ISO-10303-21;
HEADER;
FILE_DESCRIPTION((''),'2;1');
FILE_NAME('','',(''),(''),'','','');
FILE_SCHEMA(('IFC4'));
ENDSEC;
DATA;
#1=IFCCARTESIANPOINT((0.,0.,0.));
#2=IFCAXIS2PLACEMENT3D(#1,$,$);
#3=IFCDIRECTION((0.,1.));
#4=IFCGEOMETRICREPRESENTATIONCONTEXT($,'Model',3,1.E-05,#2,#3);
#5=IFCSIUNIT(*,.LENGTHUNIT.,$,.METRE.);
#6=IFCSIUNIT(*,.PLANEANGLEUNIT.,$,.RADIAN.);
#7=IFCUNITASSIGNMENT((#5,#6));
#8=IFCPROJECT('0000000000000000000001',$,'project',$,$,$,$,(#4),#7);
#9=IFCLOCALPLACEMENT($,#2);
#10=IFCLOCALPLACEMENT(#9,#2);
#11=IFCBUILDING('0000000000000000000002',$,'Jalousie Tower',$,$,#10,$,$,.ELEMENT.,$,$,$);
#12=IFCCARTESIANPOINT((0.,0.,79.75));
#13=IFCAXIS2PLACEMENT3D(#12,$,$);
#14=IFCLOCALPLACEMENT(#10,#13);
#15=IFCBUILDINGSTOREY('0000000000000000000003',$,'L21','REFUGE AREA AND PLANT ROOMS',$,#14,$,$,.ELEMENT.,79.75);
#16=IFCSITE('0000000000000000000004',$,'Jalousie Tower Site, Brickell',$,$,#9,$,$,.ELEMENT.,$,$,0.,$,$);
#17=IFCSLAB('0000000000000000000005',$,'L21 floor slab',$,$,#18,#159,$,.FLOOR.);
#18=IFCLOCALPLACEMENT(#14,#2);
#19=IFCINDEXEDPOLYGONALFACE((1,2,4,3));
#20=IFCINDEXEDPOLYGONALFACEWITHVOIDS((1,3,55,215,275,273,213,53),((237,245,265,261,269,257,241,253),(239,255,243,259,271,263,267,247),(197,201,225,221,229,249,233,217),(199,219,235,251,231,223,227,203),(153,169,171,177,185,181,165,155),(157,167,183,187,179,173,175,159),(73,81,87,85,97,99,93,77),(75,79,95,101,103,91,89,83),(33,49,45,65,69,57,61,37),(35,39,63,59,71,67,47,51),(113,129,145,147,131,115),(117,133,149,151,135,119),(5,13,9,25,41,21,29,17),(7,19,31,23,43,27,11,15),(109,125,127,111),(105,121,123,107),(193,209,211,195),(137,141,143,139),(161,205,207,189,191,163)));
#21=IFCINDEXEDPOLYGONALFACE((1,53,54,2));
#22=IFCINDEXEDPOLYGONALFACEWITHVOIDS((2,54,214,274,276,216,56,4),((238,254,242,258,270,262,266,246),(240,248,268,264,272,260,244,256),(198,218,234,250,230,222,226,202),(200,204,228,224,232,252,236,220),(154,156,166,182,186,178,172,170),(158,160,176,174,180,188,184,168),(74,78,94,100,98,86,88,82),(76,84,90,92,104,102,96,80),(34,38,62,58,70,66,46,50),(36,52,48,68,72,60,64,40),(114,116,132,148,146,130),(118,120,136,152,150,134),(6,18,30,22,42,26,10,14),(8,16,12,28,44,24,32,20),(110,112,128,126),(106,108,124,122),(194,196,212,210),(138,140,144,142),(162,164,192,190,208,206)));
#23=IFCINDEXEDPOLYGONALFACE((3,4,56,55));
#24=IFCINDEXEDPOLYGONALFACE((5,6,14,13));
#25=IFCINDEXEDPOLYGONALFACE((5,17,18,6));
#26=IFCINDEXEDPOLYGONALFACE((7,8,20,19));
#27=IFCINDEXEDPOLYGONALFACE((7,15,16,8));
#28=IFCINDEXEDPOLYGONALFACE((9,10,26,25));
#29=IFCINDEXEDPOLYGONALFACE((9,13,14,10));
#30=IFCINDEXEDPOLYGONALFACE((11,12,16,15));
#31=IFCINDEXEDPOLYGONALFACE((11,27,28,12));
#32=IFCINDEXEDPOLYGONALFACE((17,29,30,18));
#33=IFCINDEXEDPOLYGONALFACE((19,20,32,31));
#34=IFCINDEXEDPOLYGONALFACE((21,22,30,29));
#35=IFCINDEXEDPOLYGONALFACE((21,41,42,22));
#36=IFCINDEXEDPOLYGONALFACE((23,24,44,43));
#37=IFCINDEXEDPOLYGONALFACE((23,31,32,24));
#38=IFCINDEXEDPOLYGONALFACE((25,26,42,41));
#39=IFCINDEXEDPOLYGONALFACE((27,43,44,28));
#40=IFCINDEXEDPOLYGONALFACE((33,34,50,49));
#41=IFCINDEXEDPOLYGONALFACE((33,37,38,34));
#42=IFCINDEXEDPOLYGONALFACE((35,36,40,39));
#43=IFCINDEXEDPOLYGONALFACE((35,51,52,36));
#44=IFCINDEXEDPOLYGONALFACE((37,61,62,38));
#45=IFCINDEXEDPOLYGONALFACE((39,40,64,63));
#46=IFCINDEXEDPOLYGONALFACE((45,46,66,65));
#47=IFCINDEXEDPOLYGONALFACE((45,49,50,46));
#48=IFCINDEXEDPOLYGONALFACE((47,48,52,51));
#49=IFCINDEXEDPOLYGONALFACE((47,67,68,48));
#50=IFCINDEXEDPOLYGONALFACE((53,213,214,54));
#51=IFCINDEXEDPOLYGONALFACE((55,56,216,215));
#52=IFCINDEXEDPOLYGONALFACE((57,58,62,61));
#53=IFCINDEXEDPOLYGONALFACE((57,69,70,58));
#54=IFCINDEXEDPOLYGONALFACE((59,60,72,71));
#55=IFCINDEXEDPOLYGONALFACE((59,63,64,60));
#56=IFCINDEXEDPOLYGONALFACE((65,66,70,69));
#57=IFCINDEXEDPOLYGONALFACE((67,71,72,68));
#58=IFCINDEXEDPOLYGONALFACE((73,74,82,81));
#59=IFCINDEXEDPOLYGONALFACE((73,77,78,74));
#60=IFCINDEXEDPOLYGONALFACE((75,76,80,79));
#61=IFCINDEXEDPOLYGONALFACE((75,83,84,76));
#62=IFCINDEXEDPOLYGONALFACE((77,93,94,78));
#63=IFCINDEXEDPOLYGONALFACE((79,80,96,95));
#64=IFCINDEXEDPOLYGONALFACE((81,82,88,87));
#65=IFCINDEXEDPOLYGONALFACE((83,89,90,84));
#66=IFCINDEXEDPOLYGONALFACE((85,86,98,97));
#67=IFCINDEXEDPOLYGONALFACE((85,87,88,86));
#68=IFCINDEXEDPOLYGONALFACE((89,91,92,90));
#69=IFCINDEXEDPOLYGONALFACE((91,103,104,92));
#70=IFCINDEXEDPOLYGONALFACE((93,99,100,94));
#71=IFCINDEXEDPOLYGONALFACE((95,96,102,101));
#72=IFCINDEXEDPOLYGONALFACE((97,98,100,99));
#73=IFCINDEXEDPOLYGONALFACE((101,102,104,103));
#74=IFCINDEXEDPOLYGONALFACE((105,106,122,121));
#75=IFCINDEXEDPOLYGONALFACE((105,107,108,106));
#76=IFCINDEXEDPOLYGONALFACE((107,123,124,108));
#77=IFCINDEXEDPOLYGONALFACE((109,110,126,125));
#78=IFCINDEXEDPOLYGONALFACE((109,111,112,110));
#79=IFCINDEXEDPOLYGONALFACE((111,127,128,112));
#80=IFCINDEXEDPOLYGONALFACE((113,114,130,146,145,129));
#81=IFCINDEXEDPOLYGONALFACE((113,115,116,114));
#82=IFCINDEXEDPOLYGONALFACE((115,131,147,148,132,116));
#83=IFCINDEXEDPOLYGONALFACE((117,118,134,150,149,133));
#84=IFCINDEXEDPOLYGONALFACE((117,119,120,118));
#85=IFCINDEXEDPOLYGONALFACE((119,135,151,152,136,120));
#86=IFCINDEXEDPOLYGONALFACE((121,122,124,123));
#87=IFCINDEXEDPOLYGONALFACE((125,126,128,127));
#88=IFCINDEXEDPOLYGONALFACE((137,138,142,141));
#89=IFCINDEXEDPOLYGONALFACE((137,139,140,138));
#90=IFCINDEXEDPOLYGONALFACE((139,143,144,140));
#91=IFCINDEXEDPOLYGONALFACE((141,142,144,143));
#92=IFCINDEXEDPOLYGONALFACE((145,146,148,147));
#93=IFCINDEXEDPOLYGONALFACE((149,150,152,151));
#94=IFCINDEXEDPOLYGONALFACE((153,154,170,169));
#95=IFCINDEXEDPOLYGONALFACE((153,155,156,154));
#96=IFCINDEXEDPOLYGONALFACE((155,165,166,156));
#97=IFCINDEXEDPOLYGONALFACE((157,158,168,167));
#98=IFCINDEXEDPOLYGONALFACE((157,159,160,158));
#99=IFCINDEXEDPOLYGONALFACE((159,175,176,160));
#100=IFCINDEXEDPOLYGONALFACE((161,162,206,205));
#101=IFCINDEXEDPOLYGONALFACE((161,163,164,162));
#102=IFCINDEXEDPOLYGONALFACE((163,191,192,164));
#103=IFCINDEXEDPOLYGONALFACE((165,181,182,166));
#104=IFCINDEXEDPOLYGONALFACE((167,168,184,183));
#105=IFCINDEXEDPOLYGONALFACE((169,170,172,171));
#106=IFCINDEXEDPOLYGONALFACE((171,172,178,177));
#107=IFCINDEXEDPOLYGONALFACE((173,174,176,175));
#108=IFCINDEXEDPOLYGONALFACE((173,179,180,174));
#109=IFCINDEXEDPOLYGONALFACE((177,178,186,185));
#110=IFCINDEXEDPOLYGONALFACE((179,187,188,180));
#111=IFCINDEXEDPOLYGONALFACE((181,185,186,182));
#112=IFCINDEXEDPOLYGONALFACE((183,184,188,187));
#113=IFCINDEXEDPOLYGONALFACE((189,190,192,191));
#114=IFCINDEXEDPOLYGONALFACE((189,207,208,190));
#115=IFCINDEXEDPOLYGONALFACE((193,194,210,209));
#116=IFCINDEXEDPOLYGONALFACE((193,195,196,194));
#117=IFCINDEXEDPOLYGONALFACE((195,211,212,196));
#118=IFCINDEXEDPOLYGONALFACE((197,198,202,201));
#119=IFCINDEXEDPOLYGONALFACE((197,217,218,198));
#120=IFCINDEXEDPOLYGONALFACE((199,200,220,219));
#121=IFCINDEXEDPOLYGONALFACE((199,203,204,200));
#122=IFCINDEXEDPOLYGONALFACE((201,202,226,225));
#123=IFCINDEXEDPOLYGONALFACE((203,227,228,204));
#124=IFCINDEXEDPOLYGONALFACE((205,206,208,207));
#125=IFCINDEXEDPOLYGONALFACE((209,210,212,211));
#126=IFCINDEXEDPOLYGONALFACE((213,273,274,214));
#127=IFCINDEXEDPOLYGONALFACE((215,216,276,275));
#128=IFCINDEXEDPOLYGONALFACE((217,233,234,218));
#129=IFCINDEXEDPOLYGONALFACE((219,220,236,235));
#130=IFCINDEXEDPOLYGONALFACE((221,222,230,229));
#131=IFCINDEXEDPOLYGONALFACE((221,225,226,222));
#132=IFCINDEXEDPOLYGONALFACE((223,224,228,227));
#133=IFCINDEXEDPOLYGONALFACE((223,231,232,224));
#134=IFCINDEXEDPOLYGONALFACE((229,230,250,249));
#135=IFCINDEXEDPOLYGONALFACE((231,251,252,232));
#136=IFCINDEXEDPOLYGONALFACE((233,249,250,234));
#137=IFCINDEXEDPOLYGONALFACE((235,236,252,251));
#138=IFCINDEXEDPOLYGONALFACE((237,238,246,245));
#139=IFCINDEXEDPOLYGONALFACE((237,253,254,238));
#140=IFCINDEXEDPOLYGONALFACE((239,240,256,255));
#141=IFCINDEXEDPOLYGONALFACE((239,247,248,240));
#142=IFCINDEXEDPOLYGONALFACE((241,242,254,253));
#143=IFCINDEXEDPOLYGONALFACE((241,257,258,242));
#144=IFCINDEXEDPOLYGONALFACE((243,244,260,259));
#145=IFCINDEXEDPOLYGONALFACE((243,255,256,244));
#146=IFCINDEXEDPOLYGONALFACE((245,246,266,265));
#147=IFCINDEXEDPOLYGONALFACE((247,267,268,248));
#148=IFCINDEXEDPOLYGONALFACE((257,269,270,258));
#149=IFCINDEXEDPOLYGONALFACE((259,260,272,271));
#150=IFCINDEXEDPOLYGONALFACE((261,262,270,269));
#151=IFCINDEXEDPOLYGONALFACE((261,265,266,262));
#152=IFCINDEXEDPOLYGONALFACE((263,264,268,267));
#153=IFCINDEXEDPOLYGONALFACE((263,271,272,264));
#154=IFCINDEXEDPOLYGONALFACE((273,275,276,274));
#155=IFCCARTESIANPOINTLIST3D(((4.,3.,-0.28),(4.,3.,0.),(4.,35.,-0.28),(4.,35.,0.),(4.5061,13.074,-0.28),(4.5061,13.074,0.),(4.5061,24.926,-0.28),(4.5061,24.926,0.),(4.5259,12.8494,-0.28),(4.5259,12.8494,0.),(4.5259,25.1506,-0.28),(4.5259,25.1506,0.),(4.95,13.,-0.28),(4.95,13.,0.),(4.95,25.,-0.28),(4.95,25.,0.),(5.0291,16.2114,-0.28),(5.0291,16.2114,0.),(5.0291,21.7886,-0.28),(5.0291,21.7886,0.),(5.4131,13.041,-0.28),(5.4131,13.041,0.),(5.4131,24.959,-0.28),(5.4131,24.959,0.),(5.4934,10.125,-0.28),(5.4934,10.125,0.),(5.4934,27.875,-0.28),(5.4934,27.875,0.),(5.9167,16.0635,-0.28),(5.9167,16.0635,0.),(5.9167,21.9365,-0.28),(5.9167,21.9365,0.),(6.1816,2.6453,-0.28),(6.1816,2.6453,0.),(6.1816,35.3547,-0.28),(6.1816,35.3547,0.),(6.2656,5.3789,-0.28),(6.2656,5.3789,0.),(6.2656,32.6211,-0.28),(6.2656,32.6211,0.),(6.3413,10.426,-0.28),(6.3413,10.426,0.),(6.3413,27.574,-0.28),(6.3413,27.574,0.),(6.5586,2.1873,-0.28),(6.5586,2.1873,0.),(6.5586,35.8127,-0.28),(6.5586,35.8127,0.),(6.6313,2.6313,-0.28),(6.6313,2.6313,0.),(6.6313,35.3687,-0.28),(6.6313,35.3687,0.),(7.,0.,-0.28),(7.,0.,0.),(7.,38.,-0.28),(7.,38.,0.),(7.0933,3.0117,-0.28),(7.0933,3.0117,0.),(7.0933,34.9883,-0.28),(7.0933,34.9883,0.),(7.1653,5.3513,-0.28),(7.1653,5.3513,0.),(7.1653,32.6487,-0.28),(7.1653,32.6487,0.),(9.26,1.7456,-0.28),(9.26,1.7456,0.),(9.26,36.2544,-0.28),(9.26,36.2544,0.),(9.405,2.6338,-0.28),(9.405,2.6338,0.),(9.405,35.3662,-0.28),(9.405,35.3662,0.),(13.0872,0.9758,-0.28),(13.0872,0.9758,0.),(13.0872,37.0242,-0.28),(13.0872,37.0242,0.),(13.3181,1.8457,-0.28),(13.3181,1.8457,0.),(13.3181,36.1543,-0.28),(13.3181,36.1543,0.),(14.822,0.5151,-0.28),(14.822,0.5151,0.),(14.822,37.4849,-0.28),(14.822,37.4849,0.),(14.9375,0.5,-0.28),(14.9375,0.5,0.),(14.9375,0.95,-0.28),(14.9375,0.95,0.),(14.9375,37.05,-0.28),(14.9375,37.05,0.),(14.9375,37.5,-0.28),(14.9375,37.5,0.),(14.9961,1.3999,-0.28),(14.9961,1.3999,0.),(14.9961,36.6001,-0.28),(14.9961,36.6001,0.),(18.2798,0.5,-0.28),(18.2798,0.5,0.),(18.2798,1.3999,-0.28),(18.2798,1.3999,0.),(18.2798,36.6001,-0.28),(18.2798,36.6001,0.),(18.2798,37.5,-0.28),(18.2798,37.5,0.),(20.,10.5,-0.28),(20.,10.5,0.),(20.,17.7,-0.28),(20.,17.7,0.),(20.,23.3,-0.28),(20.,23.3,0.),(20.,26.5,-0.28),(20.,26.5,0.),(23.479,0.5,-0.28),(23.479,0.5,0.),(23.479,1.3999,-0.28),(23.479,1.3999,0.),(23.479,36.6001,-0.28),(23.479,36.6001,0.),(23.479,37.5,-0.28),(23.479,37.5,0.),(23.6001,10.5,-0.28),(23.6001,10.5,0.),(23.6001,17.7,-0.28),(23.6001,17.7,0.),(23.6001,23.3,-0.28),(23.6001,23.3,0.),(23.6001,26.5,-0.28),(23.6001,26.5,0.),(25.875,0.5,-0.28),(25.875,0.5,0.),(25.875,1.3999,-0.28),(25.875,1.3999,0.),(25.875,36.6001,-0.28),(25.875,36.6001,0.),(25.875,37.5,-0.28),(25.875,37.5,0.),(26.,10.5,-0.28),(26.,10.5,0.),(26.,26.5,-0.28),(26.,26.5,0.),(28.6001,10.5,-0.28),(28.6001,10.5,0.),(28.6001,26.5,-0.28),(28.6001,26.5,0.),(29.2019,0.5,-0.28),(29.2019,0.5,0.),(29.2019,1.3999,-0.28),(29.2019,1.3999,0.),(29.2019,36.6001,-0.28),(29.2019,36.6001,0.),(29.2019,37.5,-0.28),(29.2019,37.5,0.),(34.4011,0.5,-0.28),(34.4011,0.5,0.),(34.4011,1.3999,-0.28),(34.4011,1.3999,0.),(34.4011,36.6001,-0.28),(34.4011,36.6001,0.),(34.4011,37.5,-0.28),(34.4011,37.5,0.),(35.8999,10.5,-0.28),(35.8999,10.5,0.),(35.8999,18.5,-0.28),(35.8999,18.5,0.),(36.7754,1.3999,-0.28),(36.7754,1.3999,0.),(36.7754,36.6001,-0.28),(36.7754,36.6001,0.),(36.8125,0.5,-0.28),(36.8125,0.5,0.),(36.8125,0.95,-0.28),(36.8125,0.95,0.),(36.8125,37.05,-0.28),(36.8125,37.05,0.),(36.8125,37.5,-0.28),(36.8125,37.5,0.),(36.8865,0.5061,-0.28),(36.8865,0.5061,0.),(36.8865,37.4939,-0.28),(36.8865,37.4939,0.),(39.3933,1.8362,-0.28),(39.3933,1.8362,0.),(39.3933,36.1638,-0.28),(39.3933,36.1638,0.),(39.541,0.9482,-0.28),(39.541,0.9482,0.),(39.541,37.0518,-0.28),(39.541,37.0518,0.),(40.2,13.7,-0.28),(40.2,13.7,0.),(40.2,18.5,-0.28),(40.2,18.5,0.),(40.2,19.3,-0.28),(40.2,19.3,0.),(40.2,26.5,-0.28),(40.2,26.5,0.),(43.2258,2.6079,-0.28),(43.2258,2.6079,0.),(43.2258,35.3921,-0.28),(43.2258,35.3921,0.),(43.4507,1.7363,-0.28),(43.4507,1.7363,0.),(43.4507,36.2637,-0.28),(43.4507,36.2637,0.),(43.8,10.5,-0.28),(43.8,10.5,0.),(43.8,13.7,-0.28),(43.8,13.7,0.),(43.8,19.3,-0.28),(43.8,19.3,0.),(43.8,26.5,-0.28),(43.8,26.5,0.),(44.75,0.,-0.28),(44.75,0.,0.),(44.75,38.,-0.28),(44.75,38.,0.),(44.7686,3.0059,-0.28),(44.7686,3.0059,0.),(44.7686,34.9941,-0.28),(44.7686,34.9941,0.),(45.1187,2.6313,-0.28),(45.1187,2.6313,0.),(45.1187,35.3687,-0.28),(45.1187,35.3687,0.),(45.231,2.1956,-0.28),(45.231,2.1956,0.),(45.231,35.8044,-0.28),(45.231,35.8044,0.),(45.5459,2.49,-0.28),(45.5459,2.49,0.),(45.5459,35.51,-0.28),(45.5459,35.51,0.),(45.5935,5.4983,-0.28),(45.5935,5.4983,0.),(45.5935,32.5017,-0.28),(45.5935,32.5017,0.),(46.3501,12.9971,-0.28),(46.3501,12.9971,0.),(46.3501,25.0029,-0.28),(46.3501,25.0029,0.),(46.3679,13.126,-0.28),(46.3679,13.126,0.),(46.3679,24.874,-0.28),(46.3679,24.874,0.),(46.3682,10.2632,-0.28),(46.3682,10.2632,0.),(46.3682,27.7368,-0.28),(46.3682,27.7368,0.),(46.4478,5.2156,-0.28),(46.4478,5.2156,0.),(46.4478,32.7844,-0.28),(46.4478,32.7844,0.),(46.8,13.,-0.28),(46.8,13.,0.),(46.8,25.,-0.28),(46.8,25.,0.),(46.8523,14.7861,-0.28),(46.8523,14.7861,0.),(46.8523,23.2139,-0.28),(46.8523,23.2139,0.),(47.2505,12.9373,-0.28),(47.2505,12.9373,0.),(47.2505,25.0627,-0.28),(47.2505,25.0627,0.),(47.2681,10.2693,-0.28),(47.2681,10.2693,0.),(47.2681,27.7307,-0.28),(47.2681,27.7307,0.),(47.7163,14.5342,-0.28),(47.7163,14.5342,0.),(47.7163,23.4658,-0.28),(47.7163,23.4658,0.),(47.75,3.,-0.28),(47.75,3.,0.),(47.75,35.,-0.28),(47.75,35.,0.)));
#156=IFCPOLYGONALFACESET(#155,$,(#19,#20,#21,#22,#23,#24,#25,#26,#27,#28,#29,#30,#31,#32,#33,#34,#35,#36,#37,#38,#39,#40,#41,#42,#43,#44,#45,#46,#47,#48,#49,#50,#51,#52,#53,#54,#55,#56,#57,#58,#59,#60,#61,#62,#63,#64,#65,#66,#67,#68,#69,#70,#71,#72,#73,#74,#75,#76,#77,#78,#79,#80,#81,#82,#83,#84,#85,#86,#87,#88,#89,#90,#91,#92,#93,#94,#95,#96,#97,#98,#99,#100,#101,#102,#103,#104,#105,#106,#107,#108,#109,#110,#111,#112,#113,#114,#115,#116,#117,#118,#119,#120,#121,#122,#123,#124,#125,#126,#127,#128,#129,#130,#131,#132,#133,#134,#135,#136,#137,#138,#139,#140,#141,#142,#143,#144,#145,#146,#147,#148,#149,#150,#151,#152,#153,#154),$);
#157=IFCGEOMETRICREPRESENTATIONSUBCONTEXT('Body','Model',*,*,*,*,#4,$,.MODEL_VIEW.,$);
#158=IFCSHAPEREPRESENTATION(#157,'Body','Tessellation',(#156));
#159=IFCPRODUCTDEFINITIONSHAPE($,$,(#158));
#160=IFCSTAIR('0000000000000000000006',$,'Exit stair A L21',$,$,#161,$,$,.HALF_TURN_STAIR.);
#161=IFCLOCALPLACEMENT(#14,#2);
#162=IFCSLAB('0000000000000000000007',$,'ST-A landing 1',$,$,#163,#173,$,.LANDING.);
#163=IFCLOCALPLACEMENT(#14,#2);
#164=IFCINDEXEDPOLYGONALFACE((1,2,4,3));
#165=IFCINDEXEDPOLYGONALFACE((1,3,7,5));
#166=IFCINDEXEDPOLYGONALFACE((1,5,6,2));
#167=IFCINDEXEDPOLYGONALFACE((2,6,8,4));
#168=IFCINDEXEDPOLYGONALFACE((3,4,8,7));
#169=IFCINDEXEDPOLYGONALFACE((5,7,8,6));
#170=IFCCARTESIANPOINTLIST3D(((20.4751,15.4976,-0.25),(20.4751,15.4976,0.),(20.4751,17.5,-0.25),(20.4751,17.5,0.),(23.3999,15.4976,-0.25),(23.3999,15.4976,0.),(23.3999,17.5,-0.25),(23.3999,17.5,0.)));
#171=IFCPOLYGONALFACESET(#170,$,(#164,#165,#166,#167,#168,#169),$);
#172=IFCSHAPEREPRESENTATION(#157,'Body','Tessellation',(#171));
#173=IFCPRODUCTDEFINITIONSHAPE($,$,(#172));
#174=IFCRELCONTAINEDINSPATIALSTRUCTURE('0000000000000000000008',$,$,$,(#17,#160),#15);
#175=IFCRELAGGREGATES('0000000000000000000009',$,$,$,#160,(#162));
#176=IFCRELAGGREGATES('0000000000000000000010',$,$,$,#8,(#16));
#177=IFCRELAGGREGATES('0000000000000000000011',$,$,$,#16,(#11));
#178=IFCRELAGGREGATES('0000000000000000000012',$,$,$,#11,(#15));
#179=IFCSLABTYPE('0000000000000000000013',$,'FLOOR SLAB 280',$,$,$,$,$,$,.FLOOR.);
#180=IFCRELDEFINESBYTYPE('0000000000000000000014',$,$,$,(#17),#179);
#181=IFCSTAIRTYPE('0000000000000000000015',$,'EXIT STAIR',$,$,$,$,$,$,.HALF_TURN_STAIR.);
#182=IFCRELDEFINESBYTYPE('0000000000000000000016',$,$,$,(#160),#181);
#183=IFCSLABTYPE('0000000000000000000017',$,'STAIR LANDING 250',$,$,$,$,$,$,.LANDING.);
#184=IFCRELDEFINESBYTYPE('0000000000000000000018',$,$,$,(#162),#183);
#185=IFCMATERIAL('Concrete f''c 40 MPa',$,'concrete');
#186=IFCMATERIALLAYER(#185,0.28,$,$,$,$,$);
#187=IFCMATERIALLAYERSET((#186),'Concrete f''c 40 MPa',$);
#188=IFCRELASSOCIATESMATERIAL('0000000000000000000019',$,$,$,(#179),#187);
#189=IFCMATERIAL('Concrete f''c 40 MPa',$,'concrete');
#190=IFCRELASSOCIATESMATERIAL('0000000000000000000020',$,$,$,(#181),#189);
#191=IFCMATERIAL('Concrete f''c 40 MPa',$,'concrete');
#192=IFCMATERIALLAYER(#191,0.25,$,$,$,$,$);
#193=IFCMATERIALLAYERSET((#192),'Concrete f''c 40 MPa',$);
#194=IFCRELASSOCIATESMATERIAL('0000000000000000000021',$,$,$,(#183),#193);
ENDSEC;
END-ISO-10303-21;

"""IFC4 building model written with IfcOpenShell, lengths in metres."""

from ifc_helpers import new_model, si_unit, direction, frame, origin, place, context, subcontext, project, spatial, polyline, outline, extrude, material, layer, layer_set, type_object, element, aggregate, save


model = new_model("IFC4")

# Units and contexts
model_context = context("Model", 3, precision=1e-05, world=origin(), true_north=direction((0.0, 1.0)))
body_context = subcontext(model_context, "Body", "Model", "MODEL_VIEW")
ifc_project = project(units=[si_unit("LENGTHUNIT", "METRE"), si_unit("PLANEANGLEUNIT", "RADIAN")], contexts=[model_context])

# Site, building, storey
site_placement = place(None, origin())
site = spatial("IfcSite", under=ifc_project, at=site_placement, Name="Jalousie Tower Site, Brickell", CompositionType="ELEMENT", RefElevation=0.0)
building_placement = place(site_placement, origin())
building = spatial("IfcBuilding", under=site, at=building_placement, Name="Jalousie Tower", CompositionType="ELEMENT")
storey_placement = place(building_placement, frame((0.0, 0.0, 79.75)))
storey = spatial("IfcBuildingStorey", under=building, at=storey_placement, Name="L21", Description="REFUGE AREA AND PLANT ROOMS", CompositionType="ELEMENT", Elevation=79.75)

# Slab
ifc_material_1 = material(Name="Concrete f'c 40 MPa", Category="concrete")
ifc_layer_1 = layer(ifc_material_1, 0.28)
ifc_layer_set_1 = layer_set([ifc_layer_1], Name="Concrete f'c 40 MPa")
slab_type_1 = type_object("IfcSlabType", Name="FLOOR SLAB 280", PredefinedType="FLOOR", material=ifc_layer_set_1)
slab_1_placement = place(storey_placement, frame((0.0, 0.0, -0.28)))
element("IfcSlab", 1, at=slab_1_placement, inside=storey, type_object=slab_type_1, Name="L21 floor slab", PredefinedType="FLOOR", context=body_context, shape_type="SweptSolid", body=[
    extrude(outline(polyline([(7.0, 0.0), (44.75, 0.0), (47.75, 3.0), (47.75, 35.0), (44.75, 38.0), (7.0, 38.0), (4.0, 35.0), (4.0, 3.0), (7.0, 0.0)]), holes=[polyline([(23.479, 1.3999), (25.875, 1.3999), (29.2019, 1.3999), (29.2019, 0.5), (25.875, 0.5), (25.875, 0.5), (23.479, 0.5), (23.479, 1.3999)]), polyline([(14.822, 0.5151), (13.0872, 0.9758), (13.3181, 1.8457), (14.9961, 1.3999), (18.2798, 1.3999), (18.2798, 0.5), (14.9375, 0.5), (14.9375, 0.95), (14.822, 0.5151)]), polyline([(6.2656, 5.3789), (7.1653, 5.3513), (7.0933, 3.0117), (9.405, 2.6338), (9.26, 1.7456), (6.5586, 2.1873), (6.6313, 2.6313), (6.1816, 2.6453), (6.2656, 5.3789)]), polyline([(5.0291, 16.2114), (5.9167, 16.0635), (5.4131, 13.041), (6.3413, 10.426), (5.4934, 10.125), (4.5259, 12.8494), (4.95, 13.0), (4.5061, 13.074), (5.0291, 16.2114)]), polyline([(20.0, 10.5), (23.6001, 10.5), (23.6001, 17.7), (20.0, 17.7), (20.0, 10.5)]), polyline([(26.0, 10.5), (26.0, 26.5), (28.6001, 26.5), (28.6001, 10.5), (26.0, 10.5)]), polyline([(4.5259, 25.1506), (5.4934, 27.875), (6.3413, 27.574), (5.4131, 24.959), (5.9167, 21.9365), (5.0291, 21.7886), (4.5061, 24.926), (4.95, 25.0), (4.5259, 25.1506)]), polyline([(20.0, 23.3), (23.6001, 23.3), (23.6001, 26.5), (20.0, 26.5), (20.0, 23.3)]), polyline([(9.26, 36.2544), (9.405, 35.3662), (7.0933, 34.9883), (7.1653, 32.6487), (6.2656, 32.6211), (6.1816, 35.3547), (6.6313, 35.3687), (6.5586, 35.8127), (9.26, 36.2544)]), polyline([(18.2798, 37.5), (18.2798, 36.6001), (14.9961, 36.6001), (13.3181, 36.1543), (13.0872, 37.0242), (14.822, 37.4849), (14.9375, 37.05), (14.9375, 37.5), (18.2798, 37.5)]), polyline([(23.479, 37.5), (25.875, 37.5), (29.2019, 37.5), (29.2019, 36.6001), (25.875, 36.6001), (23.479, 36.6001), (23.479, 37.5)]), polyline([(36.8865, 0.5061), (36.8125, 0.95), (36.8125, 0.5), (34.4011, 0.5), (34.4011, 1.3999), (36.7754, 1.3999), (39.3933, 1.8362), (39.541, 0.9482), (36.8865, 0.5061)]), polyline([(45.5459, 2.49), (45.1187, 2.6313), (45.231, 2.1956), (43.4507, 1.7363), (43.2258, 2.6079), (44.7686, 3.0059), (45.5935, 5.4983), (46.4478, 5.2156), (45.5459, 2.49)]), polyline([(35.8999, 10.5), (35.8999, 18.5), (40.2, 18.5), (40.2, 13.7), (43.8, 13.7), (43.8, 10.5), (35.8999, 10.5)]), polyline([(46.8523, 14.7861), (47.7163, 14.5342), (47.2505, 12.9373), (47.2681, 10.2693), (46.3682, 10.2632), (46.3501, 12.9971), (46.8, 13.0), (46.3679, 13.126), (46.8523, 14.7861)]), polyline([(40.2, 19.3), (43.8, 19.3), (43.8, 26.5), (40.2, 26.5), (40.2, 19.3)]), polyline([(46.3501, 25.0029), (46.3682, 27.7368), (47.2681, 27.7307), (47.2505, 25.0627), (47.7163, 23.4658), (46.8523, 23.2139), (46.3679, 24.874), (46.8, 25.0), (46.3501, 25.0029)]), polyline([(45.5935, 32.5017), (44.7686, 34.9941), (43.2258, 35.3921), (43.4507, 36.2637), (45.231, 35.8044), (45.1187, 35.3687), (45.5459, 35.51), (46.4478, 32.7844), (45.5935, 32.5017)]), polyline([(36.8125, 37.5), (36.8125, 37.05), (36.8865, 37.4939), (39.541, 37.0518), (39.3933, 36.1638), (36.7754, 36.6001), (34.4011, 36.6001), (34.4011, 37.5), (36.8125, 37.5)])]), origin(), (0.0, 0.0, 1.0), 0.28),
])

# Stair, slab
ifc_material_2 = material(Name="Concrete f'c 40 MPa", Category="concrete")
stair_type = type_object("IfcStairType", Name="EXIT STAIR", PredefinedType="HALF_TURN_STAIR", material=ifc_material_2)
stair_1_placement = place(storey_placement, origin())
stair_1 = element("IfcStair", 2, at=stair_1_placement, inside=storey, type_object=stair_type, Name="Exit stair A L21", PredefinedType="HALF_TURN_STAIR")
ifc_material_3 = material(Name="Concrete f'c 40 MPa", Category="concrete")
ifc_layer_2 = layer(ifc_material_3, 0.25)
ifc_layer_set_2 = layer_set([ifc_layer_2], Name="Concrete f'c 40 MPa")
slab_type_2 = type_object("IfcSlabType", Name="STAIR LANDING 250", PredefinedType="LANDING", material=ifc_layer_set_2)
slab_2_placement = place(storey_placement, frame((0.0, 0.0, -0.25)))
slab_2 = element("IfcSlab", 3, at=slab_2_placement, type_object=slab_type_2, Name="ST-A landing 1", PredefinedType="LANDING", context=body_context, shape_type="SweptSolid", body=[
    extrude(outline(polyline([(20.4751, 15.4976), (23.3999, 15.4976), (23.3999, 17.5), (20.4751, 17.5), (20.4751, 15.4976)])), origin(), (0.0, 0.0, 1.0), 0.25),
])
aggregate(stair_1, [slab_2])

save(model, "model.ifc")
